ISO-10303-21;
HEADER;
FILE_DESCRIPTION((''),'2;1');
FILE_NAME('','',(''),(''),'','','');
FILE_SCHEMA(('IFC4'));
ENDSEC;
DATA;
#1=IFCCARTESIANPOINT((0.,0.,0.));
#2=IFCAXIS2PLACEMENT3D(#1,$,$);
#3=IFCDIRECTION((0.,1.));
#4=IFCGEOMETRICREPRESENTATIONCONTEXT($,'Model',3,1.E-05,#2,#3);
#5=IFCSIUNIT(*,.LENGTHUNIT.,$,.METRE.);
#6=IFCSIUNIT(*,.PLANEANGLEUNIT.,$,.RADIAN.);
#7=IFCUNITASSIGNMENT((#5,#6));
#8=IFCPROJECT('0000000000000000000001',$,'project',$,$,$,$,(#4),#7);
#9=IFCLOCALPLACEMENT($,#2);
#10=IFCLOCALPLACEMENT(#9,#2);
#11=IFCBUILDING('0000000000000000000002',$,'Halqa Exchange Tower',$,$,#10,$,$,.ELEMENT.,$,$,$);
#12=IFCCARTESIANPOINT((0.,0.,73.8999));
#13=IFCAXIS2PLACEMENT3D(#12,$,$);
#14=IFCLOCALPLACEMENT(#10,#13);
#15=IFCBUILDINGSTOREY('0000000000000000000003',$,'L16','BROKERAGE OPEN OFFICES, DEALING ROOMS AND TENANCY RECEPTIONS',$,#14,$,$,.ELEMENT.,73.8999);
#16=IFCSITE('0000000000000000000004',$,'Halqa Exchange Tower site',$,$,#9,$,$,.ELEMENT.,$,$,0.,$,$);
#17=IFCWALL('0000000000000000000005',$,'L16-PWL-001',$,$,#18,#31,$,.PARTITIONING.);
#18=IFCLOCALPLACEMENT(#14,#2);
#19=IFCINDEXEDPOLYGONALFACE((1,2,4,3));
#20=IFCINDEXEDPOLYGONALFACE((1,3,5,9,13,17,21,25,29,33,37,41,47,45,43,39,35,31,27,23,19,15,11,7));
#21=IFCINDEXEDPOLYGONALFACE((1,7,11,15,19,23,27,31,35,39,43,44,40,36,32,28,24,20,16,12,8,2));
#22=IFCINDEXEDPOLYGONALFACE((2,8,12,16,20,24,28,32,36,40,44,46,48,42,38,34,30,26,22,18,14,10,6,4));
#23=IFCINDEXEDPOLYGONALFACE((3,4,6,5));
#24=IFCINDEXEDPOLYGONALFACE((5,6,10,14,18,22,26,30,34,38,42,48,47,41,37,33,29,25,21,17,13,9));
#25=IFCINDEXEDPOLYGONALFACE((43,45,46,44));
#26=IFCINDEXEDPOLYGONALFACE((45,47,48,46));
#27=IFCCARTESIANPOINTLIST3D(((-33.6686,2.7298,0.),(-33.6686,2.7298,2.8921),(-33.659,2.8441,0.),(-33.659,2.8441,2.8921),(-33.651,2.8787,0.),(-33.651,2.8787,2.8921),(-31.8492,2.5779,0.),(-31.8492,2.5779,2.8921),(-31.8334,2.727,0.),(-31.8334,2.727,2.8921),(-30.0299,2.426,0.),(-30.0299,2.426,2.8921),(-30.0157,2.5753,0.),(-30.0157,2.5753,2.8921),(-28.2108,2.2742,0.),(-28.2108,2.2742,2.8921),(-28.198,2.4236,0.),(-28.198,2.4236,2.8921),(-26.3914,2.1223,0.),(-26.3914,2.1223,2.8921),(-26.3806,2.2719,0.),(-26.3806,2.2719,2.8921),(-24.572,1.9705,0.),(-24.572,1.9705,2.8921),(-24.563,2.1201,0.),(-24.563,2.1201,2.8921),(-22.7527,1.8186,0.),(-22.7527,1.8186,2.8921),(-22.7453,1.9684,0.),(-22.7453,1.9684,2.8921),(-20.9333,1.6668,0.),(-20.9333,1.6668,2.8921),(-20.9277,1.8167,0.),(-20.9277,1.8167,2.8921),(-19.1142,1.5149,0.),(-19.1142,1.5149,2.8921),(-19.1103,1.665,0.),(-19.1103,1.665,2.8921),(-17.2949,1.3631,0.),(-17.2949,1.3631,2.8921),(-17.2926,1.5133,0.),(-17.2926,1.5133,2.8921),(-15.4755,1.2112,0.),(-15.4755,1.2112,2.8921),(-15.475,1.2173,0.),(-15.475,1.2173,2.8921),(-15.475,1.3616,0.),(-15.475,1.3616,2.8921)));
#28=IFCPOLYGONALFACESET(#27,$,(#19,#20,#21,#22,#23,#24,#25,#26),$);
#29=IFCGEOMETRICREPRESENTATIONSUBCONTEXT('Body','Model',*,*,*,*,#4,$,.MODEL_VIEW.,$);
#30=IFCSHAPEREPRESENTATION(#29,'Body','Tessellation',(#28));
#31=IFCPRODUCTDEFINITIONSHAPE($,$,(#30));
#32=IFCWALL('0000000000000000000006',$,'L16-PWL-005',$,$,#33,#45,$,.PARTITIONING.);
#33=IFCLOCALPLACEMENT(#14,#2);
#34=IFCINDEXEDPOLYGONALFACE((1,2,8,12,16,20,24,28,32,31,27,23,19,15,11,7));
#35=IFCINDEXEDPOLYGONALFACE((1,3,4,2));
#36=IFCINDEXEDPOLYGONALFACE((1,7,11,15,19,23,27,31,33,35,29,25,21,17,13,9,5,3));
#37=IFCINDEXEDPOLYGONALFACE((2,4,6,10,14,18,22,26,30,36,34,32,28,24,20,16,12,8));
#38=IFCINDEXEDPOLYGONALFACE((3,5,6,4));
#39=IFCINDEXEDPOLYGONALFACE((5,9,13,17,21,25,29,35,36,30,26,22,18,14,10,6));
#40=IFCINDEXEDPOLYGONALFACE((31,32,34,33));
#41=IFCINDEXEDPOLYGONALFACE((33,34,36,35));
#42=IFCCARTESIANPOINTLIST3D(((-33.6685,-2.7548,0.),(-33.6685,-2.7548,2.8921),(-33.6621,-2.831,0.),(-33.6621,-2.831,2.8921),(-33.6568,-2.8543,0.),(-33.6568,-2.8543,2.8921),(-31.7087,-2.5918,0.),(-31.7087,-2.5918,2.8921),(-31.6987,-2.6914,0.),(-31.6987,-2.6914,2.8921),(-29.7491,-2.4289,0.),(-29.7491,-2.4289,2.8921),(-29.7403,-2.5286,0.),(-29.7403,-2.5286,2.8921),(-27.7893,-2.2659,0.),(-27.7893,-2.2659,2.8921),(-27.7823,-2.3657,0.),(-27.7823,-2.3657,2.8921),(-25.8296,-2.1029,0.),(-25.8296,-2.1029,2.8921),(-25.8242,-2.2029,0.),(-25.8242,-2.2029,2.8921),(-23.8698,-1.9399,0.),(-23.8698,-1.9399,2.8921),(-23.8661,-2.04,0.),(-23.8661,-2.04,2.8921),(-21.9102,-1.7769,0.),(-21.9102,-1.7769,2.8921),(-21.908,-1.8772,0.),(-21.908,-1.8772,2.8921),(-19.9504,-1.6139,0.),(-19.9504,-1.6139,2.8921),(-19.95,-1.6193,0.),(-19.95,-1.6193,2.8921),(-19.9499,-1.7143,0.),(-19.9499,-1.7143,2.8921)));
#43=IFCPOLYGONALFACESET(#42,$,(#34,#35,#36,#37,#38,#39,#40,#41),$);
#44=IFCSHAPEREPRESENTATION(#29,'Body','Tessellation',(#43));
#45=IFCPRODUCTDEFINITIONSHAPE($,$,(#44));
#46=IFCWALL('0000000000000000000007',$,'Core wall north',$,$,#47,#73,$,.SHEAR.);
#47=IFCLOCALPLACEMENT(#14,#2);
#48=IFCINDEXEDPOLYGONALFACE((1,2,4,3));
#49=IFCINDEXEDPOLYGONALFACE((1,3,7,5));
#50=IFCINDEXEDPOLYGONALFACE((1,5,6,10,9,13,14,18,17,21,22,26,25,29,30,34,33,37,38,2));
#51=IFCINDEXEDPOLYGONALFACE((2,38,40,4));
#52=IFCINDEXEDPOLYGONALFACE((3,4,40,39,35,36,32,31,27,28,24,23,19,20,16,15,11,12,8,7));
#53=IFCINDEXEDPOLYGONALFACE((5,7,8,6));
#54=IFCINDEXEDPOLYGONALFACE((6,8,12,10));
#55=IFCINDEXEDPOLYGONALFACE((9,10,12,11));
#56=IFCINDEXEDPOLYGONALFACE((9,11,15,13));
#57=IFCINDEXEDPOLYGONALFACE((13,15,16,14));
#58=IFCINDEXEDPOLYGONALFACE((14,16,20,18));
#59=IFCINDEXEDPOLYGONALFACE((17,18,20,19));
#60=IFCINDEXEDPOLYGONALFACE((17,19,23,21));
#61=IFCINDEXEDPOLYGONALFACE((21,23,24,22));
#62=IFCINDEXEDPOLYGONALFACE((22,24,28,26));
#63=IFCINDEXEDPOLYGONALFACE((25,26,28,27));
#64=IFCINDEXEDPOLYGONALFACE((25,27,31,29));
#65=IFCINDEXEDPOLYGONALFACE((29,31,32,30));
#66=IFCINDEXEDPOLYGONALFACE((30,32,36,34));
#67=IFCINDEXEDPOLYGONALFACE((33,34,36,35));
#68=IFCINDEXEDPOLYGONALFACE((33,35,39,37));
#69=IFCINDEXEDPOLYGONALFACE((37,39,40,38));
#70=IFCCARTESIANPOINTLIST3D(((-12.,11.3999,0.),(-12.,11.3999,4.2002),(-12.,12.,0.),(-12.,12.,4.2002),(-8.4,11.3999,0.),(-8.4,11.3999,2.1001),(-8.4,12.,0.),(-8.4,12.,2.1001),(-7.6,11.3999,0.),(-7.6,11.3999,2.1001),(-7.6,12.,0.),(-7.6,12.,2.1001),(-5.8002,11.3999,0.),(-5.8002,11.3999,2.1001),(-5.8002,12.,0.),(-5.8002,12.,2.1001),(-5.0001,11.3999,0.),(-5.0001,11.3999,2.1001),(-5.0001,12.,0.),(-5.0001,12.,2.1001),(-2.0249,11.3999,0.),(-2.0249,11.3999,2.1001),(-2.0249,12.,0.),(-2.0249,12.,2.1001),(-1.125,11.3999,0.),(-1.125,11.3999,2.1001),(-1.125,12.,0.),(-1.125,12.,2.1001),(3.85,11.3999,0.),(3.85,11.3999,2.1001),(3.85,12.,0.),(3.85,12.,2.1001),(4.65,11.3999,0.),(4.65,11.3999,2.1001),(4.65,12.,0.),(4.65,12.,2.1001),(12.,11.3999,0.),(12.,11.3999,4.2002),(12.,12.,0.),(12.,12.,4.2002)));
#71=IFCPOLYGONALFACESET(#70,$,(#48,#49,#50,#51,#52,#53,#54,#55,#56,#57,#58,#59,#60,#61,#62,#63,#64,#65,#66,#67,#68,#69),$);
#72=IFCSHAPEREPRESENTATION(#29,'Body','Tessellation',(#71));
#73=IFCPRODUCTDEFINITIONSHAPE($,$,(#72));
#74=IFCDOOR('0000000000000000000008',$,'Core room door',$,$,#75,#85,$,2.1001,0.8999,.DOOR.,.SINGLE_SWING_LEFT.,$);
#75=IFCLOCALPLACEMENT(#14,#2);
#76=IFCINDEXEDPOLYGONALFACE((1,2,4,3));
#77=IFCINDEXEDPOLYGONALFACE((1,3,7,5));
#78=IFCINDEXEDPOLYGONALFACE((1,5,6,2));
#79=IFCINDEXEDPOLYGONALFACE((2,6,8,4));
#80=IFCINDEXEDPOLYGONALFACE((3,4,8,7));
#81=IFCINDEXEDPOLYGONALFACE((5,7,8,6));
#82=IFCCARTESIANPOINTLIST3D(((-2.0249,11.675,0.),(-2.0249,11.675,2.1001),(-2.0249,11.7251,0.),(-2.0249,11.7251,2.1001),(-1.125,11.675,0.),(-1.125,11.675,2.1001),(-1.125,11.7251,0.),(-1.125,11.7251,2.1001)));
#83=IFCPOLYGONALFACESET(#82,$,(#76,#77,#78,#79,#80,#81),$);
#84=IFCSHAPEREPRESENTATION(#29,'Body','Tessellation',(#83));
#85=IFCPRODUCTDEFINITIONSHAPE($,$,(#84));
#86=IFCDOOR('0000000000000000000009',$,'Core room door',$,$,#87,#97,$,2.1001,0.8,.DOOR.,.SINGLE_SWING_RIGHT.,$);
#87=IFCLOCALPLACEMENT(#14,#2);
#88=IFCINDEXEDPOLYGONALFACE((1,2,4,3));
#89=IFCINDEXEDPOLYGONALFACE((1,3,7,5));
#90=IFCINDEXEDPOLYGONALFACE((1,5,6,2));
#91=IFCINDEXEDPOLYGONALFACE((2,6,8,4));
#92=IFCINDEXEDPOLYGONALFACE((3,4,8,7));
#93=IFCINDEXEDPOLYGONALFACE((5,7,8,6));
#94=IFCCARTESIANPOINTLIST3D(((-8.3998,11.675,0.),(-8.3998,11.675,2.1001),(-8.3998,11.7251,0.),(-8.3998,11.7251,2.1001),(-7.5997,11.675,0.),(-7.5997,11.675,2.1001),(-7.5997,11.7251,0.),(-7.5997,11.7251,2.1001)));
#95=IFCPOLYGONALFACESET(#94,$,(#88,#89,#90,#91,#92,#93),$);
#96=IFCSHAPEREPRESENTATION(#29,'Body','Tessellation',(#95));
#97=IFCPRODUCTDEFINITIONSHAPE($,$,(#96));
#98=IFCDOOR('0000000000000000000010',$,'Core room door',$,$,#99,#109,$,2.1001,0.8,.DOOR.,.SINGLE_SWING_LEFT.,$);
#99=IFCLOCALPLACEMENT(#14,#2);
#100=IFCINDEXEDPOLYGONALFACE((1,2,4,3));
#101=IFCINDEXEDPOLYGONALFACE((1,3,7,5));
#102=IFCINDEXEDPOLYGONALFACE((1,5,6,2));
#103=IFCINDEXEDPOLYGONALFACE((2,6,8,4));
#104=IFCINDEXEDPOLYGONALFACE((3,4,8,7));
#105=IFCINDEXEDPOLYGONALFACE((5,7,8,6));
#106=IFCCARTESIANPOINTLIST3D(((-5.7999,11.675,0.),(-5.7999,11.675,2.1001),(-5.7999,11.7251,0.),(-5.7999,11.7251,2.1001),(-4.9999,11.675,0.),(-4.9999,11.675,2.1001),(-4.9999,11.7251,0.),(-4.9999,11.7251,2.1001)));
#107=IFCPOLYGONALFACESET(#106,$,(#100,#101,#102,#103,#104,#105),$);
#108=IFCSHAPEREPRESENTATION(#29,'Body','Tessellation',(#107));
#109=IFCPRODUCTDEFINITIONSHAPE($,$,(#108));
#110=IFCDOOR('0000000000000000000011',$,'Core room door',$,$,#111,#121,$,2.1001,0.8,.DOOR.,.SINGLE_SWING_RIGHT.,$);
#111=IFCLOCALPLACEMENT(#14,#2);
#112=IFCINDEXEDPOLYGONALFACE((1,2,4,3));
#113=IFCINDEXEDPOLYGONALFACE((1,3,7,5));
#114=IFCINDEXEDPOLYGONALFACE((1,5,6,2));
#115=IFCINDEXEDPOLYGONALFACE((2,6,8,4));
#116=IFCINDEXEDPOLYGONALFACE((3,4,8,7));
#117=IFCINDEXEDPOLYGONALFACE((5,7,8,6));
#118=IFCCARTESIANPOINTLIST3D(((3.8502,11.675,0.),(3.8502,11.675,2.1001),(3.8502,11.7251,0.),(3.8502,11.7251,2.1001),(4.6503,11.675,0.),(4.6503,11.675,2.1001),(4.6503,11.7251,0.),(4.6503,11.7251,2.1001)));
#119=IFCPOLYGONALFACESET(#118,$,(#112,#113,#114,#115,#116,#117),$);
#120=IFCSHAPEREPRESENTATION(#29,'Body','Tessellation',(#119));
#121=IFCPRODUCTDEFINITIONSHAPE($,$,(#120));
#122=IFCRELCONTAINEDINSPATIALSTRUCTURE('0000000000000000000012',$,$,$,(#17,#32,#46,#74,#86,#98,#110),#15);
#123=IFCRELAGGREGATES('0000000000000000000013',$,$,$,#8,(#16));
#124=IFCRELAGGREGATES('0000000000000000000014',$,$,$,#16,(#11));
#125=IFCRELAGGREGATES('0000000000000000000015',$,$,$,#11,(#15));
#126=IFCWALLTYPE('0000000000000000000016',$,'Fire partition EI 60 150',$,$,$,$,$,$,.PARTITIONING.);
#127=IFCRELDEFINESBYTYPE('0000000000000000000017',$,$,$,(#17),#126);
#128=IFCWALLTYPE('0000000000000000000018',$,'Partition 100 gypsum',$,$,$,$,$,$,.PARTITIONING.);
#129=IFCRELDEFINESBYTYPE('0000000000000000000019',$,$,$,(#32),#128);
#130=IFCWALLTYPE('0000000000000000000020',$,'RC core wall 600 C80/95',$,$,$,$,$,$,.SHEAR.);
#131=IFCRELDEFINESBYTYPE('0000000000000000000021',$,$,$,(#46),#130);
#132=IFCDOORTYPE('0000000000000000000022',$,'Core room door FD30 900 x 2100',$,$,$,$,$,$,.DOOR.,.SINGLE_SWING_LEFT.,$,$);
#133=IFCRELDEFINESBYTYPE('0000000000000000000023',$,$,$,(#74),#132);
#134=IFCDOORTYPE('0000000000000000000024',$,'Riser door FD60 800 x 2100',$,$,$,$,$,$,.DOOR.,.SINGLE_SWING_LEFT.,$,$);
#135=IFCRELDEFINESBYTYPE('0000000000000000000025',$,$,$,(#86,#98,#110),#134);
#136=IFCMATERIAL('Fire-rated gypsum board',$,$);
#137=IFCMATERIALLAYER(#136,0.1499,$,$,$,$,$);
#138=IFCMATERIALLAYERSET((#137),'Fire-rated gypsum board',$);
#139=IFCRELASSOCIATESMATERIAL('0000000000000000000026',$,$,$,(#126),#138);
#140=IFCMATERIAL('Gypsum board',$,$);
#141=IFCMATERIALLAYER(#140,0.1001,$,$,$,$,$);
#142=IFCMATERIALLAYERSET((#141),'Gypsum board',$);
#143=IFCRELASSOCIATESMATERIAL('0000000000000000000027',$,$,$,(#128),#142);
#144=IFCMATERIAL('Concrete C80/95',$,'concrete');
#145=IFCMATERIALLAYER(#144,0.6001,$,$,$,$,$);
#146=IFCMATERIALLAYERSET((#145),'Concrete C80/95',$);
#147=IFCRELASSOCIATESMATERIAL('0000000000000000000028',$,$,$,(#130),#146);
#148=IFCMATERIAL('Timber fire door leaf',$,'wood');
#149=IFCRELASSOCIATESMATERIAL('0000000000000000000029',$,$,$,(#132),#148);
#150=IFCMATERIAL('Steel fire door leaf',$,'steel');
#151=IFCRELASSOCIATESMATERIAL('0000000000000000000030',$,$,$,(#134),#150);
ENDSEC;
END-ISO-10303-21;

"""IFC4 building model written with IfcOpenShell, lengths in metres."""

from ifc_helpers import new_model, si_unit, direction, frame, frame_2d, origin, place, context, subcontext, project, spatial, polyline, rectangle, outline, extrude, material, layer, layer_set, type_object, element, fill, save


model = new_model("IFC4")

# Units and contexts
model_context = context("Model", 3, precision=1e-05, world=origin(), true_north=direction((0.0, 1.0)))
body_context = subcontext(model_context, "Body", "Model", "MODEL_VIEW")
ifc_project = project(units=[si_unit("LENGTHUNIT", "METRE"), si_unit("PLANEANGLEUNIT", "RADIAN")], contexts=[model_context])

# Site, building, storey
site_placement = place(None, origin())
site = spatial("IfcSite", under=ifc_project, at=site_placement, Name="Halqa Exchange Tower site", CompositionType="ELEMENT", RefElevation=0.0)
building_placement = place(site_placement, origin())
building = spatial("IfcBuilding", under=site, at=building_placement, Name="Halqa Exchange Tower", CompositionType="ELEMENT")
storey_placement = place(building_placement, frame((0.0, 0.0, 73.8999)))
storey = spatial("IfcBuildingStorey", under=building, at=storey_placement, Name="L16", Description="BROKERAGE OPEN OFFICES, DEALING ROOMS AND TENANCY RECEPTIONS", CompositionType="ELEMENT", Elevation=73.8999)

# Walls
ifc_material_1 = material(Name="Fire-rated gypsum board")
ifc_layer_1 = layer(ifc_material_1, 0.1499)
ifc_layer_set_1 = layer_set([ifc_layer_1], Name="Fire-rated gypsum board")
wall_type_1 = type_object("IfcWallType", Name="Fire partition EI 60 150", PredefinedType="PARTITIONING", material=ifc_layer_set_1)
wall_1_placement = place(storey_placement, frame((-33.6624, 2.8044, 0.0), z_axis=(0.0, 0.0, 1.0), x_axis=(0.996535, -0.083179, 0.0)))
element("IfcWall", 1, at=wall_1_placement, inside=storey, type_object=wall_type_1, Name="L16-PWL-001", PredefinedType="PARTITIONING", context=body_context, shape_type="SweptSolid", body=[
    extrude(outline(polyline([(18.2563, -0.075), (18.2563, -0.0688), (18.2444, 0.075), (16.4204, 0.075), (14.5964, 0.075), (12.7727, 0.075), (10.9487, 0.075), (9.1248, 0.075), (7.3008, 0.075), (5.4771, 0.075), (3.6531, 0.075), (1.8291, 0.075), (0.0051, 0.075), (0.0, 0.0398), (0.0, -0.075), (1.8257, -0.075), (3.6514, -0.075), (5.4768, -0.075), (7.3025, -0.075), (9.1282, -0.075), (10.9539, -0.075), (12.7795, -0.075), (14.605, -0.075), (16.4307, -0.075), (18.2563, -0.075)])), origin(), (0.0, 0.0, 1.0), 2.8921),
])
ifc_material_2 = material(Name="Gypsum board")
ifc_layer_2 = layer(ifc_material_2, 0.1001)
ifc_layer_set_2 = layer_set([ifc_layer_2], Name="Gypsum board")
wall_type_2 = type_object("IfcWallType", Name="Partition 100 gypsum", PredefinedType="PARTITIONING", material=ifc_layer_set_2)
wall_2_placement = place(storey_placement, frame((-19.9463, -1.6638, 0.0), z_axis=(0.0, 0.0, 1.0), x_axis=(-0.99656, -0.08288, 0.0)))
element("IfcWall", 2, at=wall_2_placement, inside=storey, type_object=wall_type_2, Name="L16-PWL-005", PredefinedType="PARTITIONING", context=body_context, shape_type="SweptSolid", body=[
    extrude(outline(polyline([(13.7654, -0.05), (13.7654, 0.0264), (13.762, 0.05), (11.7971, 0.05), (9.832, 0.05), (7.8672, 0.05), (5.9023, 0.05), (3.9375, 0.05), (1.9727, 0.05), (0.0078, 0.05), (0.0, -0.0447), (0.0, -0.05), (1.9666, -0.05), (3.9329, -0.05), (5.8994, -0.05), (7.866, -0.05), (9.8325, -0.05), (11.7988, -0.05), (13.7654, -0.05)])), origin(), (0.0, 0.0, 1.0), 2.8921),
])

# Wall, openings, doors
ifc_material_3 = material(Name="Concrete C80/95", Category="concrete")
ifc_layer_3 = layer(ifc_material_3, 0.6001)
ifc_layer_set_3 = layer_set([ifc_layer_3], Name="Concrete C80/95")
wall_type_3 = type_object("IfcWallType", Name="RC core wall 600 C80/95", PredefinedType="SHEAR", material=ifc_layer_set_3)
wall_3_placement = place(storey_placement, frame((-12.0, 11.7, 0.0), z_axis=(0.0, 0.0, 1.0), x_axis=(1.0, 0.0, 0.0)))
wall_3 = element("IfcWall", 3, at=wall_3_placement, inside=storey, type_object=wall_type_3, Name="Core wall north", PredefinedType="SHEAR", context=body_context, shape_type="SweptSolid", body=[
    extrude(rectangle(XDim=24.0, YDim=0.6001, at=frame_2d((12.0, 0.0))), origin(), (0.0, 0.0, 1.0), 4.2002),
])
opening_1_placement = place(wall_3_placement, frame((9.9751, 0.0, 0.0)))
opening_1 = element("IfcOpeningElement", 4, at=opening_1_placement, cuts=wall_3, PredefinedType="OPENING", context=body_context, shape_type="SweptSolid", body=[
    extrude(rectangle(XDim=0.8999, YDim=2.1001, at=frame_2d((0.45, 1.05))), frame((0.0, 0.312, 0.0), z_axis=(0.0, -1.0, 0.0), x_axis=(1.0, 0.0, 0.0)), (0.0, 0.0, 1.0), 0.624),
])
opening_2_placement = place(wall_3_placement, frame((3.6001, 0.0, 0.0)))
opening_2 = element("IfcOpeningElement", 5, at=opening_2_placement, cuts=wall_3, PredefinedType="OPENING", context=body_context, shape_type="SweptSolid", body=[
    extrude(rectangle(XDim=0.8, YDim=2.1001, at=frame_2d((0.3999, 1.05))), frame((0.0, 0.312, 0.0), z_axis=(0.0, -1.0, 0.0), x_axis=(1.0, 0.0, 0.0)), (0.0, 0.0, 1.0), 0.624),
])
opening_3_placement = place(wall_3_placement, frame((6.2, 0.0, 0.0)))
opening_3 = element("IfcOpeningElement", 6, at=opening_3_placement, cuts=wall_3, PredefinedType="OPENING", context=body_context, shape_type="SweptSolid", body=[
    extrude(rectangle(XDim=0.8, YDim=2.1001, at=frame_2d((0.3999, 1.05))), frame((0.0, 0.312, 0.0), z_axis=(0.0, -1.0, 0.0), x_axis=(1.0, 0.0, 0.0)), (0.0, 0.0, 1.0), 0.624),
])
opening_4_placement = place(wall_3_placement, frame((15.8501, 0.0, 0.0)))
opening_4 = element("IfcOpeningElement", 7, at=opening_4_placement, cuts=wall_3, PredefinedType="OPENING", context=body_context, shape_type="SweptSolid", body=[
    extrude(rectangle(XDim=0.8, YDim=2.1001, at=frame_2d((0.3999, 1.05))), frame((0.0, 0.312, 0.0), z_axis=(0.0, -1.0, 0.0), x_axis=(1.0, 0.0, 0.0)), (0.0, 0.0, 1.0), 0.624),
])
ifc_material_4 = material(Name="Timber fire door leaf", Category="wood")
door_type_1 = type_object("IfcDoorType", Name="Core room door FD30 900 x 2100", OperationType="SINGLE_SWING_LEFT", PredefinedType="DOOR", material=ifc_material_4)
door_1_placement = place(opening_1_placement, frame((0.8999, 0.0, 0.0), z_axis=(0.0, 0.0, 1.0), x_axis=(-1.0, 0.0, 0.0)))
door_1 = element("IfcDoor", 8, at=door_1_placement, inside=storey, type_object=door_type_1, Name="Core room door", OperationType="SINGLE_SWING_LEFT", OverallHeight=2.1001, OverallWidth=0.8999, PredefinedType="DOOR", context=body_context, shape_type="SweptSolid", body=[
    extrude(rectangle(XDim=0.8999, YDim=2.1001, at=frame_2d((0.45, 1.05))), frame((0.0, 0.0249, 0.0), z_axis=(0.0, -1.0, 0.0), x_axis=(1.0, 0.0, 0.0)), (0.0, 0.0, 1.0), 0.05),
])
fill(opening_1, door_1)
ifc_material_5 = material(Name="Steel fire door leaf", Category="steel")
door_type_2 = type_object("IfcDoorType", Name="Riser door FD60 800 x 2100", OperationType="SINGLE_SWING_LEFT", PredefinedType="DOOR", material=ifc_material_5)
door_2_placement = place(opening_2_placement, frame((0.8, 0.0, 0.0), z_axis=(0.0, 0.0, 1.0), x_axis=(-1.0, 0.0, 0.0)))
door_2 = element("IfcDoor", 9, at=door_2_placement, inside=storey, type_object=door_type_2, Name="Core room door", OperationType="SINGLE_SWING_RIGHT", OverallHeight=2.1001, OverallWidth=0.8, PredefinedType="DOOR", context=body_context, shape_type="SweptSolid", body=[
    extrude(rectangle(XDim=0.8, YDim=2.1001, at=frame_2d((0.3999, 1.05))), frame((0.0, 0.0249, 0.0), z_axis=(0.0, -1.0, 0.0), x_axis=(1.0, 0.0, 0.0)), (0.0, 0.0, 1.0), 0.05),
])
fill(opening_2, door_2)
door_3_placement = place(opening_3_placement, frame((0.8, 0.0, 0.0), z_axis=(0.0, 0.0, 1.0), x_axis=(-1.0, 0.0, 0.0)))
door_3 = element("IfcDoor", 10, at=door_3_placement, inside=storey, type_object=door_type_2, Name="Core room door", OperationType="SINGLE_SWING_LEFT", OverallHeight=2.1001, OverallWidth=0.8, PredefinedType="DOOR", context=body_context, shape_type="SweptSolid", body=[
    extrude(rectangle(XDim=0.8, YDim=2.1001, at=frame_2d((0.3999, 1.05))), frame((0.0, 0.0249, 0.0), z_axis=(0.0, -1.0, 0.0), x_axis=(1.0, 0.0, 0.0)), (0.0, 0.0, 1.0), 0.05),
])
fill(opening_3, door_3)
door_4_placement = place(opening_4_placement, frame((0.8, 0.0, 0.0), z_axis=(0.0, 0.0, 1.0), x_axis=(-1.0, 0.0, 0.0)))
door_4 = element("IfcDoor", 11, at=door_4_placement, inside=storey, type_object=door_type_2, Name="Core room door", OperationType="SINGLE_SWING_RIGHT", OverallHeight=2.1001, OverallWidth=0.8, PredefinedType="DOOR", context=body_context, shape_type="SweptSolid", body=[
    extrude(rectangle(XDim=0.8, YDim=2.1001, at=frame_2d((0.3999, 1.05))), frame((0.0, 0.0249, 0.0), z_axis=(0.0, -1.0, 0.0), x_axis=(1.0, 0.0, 0.0)), (0.0, 0.0, 1.0), 0.05),
])
fill(opening_4, door_4)

save(model, "model.ifc")
